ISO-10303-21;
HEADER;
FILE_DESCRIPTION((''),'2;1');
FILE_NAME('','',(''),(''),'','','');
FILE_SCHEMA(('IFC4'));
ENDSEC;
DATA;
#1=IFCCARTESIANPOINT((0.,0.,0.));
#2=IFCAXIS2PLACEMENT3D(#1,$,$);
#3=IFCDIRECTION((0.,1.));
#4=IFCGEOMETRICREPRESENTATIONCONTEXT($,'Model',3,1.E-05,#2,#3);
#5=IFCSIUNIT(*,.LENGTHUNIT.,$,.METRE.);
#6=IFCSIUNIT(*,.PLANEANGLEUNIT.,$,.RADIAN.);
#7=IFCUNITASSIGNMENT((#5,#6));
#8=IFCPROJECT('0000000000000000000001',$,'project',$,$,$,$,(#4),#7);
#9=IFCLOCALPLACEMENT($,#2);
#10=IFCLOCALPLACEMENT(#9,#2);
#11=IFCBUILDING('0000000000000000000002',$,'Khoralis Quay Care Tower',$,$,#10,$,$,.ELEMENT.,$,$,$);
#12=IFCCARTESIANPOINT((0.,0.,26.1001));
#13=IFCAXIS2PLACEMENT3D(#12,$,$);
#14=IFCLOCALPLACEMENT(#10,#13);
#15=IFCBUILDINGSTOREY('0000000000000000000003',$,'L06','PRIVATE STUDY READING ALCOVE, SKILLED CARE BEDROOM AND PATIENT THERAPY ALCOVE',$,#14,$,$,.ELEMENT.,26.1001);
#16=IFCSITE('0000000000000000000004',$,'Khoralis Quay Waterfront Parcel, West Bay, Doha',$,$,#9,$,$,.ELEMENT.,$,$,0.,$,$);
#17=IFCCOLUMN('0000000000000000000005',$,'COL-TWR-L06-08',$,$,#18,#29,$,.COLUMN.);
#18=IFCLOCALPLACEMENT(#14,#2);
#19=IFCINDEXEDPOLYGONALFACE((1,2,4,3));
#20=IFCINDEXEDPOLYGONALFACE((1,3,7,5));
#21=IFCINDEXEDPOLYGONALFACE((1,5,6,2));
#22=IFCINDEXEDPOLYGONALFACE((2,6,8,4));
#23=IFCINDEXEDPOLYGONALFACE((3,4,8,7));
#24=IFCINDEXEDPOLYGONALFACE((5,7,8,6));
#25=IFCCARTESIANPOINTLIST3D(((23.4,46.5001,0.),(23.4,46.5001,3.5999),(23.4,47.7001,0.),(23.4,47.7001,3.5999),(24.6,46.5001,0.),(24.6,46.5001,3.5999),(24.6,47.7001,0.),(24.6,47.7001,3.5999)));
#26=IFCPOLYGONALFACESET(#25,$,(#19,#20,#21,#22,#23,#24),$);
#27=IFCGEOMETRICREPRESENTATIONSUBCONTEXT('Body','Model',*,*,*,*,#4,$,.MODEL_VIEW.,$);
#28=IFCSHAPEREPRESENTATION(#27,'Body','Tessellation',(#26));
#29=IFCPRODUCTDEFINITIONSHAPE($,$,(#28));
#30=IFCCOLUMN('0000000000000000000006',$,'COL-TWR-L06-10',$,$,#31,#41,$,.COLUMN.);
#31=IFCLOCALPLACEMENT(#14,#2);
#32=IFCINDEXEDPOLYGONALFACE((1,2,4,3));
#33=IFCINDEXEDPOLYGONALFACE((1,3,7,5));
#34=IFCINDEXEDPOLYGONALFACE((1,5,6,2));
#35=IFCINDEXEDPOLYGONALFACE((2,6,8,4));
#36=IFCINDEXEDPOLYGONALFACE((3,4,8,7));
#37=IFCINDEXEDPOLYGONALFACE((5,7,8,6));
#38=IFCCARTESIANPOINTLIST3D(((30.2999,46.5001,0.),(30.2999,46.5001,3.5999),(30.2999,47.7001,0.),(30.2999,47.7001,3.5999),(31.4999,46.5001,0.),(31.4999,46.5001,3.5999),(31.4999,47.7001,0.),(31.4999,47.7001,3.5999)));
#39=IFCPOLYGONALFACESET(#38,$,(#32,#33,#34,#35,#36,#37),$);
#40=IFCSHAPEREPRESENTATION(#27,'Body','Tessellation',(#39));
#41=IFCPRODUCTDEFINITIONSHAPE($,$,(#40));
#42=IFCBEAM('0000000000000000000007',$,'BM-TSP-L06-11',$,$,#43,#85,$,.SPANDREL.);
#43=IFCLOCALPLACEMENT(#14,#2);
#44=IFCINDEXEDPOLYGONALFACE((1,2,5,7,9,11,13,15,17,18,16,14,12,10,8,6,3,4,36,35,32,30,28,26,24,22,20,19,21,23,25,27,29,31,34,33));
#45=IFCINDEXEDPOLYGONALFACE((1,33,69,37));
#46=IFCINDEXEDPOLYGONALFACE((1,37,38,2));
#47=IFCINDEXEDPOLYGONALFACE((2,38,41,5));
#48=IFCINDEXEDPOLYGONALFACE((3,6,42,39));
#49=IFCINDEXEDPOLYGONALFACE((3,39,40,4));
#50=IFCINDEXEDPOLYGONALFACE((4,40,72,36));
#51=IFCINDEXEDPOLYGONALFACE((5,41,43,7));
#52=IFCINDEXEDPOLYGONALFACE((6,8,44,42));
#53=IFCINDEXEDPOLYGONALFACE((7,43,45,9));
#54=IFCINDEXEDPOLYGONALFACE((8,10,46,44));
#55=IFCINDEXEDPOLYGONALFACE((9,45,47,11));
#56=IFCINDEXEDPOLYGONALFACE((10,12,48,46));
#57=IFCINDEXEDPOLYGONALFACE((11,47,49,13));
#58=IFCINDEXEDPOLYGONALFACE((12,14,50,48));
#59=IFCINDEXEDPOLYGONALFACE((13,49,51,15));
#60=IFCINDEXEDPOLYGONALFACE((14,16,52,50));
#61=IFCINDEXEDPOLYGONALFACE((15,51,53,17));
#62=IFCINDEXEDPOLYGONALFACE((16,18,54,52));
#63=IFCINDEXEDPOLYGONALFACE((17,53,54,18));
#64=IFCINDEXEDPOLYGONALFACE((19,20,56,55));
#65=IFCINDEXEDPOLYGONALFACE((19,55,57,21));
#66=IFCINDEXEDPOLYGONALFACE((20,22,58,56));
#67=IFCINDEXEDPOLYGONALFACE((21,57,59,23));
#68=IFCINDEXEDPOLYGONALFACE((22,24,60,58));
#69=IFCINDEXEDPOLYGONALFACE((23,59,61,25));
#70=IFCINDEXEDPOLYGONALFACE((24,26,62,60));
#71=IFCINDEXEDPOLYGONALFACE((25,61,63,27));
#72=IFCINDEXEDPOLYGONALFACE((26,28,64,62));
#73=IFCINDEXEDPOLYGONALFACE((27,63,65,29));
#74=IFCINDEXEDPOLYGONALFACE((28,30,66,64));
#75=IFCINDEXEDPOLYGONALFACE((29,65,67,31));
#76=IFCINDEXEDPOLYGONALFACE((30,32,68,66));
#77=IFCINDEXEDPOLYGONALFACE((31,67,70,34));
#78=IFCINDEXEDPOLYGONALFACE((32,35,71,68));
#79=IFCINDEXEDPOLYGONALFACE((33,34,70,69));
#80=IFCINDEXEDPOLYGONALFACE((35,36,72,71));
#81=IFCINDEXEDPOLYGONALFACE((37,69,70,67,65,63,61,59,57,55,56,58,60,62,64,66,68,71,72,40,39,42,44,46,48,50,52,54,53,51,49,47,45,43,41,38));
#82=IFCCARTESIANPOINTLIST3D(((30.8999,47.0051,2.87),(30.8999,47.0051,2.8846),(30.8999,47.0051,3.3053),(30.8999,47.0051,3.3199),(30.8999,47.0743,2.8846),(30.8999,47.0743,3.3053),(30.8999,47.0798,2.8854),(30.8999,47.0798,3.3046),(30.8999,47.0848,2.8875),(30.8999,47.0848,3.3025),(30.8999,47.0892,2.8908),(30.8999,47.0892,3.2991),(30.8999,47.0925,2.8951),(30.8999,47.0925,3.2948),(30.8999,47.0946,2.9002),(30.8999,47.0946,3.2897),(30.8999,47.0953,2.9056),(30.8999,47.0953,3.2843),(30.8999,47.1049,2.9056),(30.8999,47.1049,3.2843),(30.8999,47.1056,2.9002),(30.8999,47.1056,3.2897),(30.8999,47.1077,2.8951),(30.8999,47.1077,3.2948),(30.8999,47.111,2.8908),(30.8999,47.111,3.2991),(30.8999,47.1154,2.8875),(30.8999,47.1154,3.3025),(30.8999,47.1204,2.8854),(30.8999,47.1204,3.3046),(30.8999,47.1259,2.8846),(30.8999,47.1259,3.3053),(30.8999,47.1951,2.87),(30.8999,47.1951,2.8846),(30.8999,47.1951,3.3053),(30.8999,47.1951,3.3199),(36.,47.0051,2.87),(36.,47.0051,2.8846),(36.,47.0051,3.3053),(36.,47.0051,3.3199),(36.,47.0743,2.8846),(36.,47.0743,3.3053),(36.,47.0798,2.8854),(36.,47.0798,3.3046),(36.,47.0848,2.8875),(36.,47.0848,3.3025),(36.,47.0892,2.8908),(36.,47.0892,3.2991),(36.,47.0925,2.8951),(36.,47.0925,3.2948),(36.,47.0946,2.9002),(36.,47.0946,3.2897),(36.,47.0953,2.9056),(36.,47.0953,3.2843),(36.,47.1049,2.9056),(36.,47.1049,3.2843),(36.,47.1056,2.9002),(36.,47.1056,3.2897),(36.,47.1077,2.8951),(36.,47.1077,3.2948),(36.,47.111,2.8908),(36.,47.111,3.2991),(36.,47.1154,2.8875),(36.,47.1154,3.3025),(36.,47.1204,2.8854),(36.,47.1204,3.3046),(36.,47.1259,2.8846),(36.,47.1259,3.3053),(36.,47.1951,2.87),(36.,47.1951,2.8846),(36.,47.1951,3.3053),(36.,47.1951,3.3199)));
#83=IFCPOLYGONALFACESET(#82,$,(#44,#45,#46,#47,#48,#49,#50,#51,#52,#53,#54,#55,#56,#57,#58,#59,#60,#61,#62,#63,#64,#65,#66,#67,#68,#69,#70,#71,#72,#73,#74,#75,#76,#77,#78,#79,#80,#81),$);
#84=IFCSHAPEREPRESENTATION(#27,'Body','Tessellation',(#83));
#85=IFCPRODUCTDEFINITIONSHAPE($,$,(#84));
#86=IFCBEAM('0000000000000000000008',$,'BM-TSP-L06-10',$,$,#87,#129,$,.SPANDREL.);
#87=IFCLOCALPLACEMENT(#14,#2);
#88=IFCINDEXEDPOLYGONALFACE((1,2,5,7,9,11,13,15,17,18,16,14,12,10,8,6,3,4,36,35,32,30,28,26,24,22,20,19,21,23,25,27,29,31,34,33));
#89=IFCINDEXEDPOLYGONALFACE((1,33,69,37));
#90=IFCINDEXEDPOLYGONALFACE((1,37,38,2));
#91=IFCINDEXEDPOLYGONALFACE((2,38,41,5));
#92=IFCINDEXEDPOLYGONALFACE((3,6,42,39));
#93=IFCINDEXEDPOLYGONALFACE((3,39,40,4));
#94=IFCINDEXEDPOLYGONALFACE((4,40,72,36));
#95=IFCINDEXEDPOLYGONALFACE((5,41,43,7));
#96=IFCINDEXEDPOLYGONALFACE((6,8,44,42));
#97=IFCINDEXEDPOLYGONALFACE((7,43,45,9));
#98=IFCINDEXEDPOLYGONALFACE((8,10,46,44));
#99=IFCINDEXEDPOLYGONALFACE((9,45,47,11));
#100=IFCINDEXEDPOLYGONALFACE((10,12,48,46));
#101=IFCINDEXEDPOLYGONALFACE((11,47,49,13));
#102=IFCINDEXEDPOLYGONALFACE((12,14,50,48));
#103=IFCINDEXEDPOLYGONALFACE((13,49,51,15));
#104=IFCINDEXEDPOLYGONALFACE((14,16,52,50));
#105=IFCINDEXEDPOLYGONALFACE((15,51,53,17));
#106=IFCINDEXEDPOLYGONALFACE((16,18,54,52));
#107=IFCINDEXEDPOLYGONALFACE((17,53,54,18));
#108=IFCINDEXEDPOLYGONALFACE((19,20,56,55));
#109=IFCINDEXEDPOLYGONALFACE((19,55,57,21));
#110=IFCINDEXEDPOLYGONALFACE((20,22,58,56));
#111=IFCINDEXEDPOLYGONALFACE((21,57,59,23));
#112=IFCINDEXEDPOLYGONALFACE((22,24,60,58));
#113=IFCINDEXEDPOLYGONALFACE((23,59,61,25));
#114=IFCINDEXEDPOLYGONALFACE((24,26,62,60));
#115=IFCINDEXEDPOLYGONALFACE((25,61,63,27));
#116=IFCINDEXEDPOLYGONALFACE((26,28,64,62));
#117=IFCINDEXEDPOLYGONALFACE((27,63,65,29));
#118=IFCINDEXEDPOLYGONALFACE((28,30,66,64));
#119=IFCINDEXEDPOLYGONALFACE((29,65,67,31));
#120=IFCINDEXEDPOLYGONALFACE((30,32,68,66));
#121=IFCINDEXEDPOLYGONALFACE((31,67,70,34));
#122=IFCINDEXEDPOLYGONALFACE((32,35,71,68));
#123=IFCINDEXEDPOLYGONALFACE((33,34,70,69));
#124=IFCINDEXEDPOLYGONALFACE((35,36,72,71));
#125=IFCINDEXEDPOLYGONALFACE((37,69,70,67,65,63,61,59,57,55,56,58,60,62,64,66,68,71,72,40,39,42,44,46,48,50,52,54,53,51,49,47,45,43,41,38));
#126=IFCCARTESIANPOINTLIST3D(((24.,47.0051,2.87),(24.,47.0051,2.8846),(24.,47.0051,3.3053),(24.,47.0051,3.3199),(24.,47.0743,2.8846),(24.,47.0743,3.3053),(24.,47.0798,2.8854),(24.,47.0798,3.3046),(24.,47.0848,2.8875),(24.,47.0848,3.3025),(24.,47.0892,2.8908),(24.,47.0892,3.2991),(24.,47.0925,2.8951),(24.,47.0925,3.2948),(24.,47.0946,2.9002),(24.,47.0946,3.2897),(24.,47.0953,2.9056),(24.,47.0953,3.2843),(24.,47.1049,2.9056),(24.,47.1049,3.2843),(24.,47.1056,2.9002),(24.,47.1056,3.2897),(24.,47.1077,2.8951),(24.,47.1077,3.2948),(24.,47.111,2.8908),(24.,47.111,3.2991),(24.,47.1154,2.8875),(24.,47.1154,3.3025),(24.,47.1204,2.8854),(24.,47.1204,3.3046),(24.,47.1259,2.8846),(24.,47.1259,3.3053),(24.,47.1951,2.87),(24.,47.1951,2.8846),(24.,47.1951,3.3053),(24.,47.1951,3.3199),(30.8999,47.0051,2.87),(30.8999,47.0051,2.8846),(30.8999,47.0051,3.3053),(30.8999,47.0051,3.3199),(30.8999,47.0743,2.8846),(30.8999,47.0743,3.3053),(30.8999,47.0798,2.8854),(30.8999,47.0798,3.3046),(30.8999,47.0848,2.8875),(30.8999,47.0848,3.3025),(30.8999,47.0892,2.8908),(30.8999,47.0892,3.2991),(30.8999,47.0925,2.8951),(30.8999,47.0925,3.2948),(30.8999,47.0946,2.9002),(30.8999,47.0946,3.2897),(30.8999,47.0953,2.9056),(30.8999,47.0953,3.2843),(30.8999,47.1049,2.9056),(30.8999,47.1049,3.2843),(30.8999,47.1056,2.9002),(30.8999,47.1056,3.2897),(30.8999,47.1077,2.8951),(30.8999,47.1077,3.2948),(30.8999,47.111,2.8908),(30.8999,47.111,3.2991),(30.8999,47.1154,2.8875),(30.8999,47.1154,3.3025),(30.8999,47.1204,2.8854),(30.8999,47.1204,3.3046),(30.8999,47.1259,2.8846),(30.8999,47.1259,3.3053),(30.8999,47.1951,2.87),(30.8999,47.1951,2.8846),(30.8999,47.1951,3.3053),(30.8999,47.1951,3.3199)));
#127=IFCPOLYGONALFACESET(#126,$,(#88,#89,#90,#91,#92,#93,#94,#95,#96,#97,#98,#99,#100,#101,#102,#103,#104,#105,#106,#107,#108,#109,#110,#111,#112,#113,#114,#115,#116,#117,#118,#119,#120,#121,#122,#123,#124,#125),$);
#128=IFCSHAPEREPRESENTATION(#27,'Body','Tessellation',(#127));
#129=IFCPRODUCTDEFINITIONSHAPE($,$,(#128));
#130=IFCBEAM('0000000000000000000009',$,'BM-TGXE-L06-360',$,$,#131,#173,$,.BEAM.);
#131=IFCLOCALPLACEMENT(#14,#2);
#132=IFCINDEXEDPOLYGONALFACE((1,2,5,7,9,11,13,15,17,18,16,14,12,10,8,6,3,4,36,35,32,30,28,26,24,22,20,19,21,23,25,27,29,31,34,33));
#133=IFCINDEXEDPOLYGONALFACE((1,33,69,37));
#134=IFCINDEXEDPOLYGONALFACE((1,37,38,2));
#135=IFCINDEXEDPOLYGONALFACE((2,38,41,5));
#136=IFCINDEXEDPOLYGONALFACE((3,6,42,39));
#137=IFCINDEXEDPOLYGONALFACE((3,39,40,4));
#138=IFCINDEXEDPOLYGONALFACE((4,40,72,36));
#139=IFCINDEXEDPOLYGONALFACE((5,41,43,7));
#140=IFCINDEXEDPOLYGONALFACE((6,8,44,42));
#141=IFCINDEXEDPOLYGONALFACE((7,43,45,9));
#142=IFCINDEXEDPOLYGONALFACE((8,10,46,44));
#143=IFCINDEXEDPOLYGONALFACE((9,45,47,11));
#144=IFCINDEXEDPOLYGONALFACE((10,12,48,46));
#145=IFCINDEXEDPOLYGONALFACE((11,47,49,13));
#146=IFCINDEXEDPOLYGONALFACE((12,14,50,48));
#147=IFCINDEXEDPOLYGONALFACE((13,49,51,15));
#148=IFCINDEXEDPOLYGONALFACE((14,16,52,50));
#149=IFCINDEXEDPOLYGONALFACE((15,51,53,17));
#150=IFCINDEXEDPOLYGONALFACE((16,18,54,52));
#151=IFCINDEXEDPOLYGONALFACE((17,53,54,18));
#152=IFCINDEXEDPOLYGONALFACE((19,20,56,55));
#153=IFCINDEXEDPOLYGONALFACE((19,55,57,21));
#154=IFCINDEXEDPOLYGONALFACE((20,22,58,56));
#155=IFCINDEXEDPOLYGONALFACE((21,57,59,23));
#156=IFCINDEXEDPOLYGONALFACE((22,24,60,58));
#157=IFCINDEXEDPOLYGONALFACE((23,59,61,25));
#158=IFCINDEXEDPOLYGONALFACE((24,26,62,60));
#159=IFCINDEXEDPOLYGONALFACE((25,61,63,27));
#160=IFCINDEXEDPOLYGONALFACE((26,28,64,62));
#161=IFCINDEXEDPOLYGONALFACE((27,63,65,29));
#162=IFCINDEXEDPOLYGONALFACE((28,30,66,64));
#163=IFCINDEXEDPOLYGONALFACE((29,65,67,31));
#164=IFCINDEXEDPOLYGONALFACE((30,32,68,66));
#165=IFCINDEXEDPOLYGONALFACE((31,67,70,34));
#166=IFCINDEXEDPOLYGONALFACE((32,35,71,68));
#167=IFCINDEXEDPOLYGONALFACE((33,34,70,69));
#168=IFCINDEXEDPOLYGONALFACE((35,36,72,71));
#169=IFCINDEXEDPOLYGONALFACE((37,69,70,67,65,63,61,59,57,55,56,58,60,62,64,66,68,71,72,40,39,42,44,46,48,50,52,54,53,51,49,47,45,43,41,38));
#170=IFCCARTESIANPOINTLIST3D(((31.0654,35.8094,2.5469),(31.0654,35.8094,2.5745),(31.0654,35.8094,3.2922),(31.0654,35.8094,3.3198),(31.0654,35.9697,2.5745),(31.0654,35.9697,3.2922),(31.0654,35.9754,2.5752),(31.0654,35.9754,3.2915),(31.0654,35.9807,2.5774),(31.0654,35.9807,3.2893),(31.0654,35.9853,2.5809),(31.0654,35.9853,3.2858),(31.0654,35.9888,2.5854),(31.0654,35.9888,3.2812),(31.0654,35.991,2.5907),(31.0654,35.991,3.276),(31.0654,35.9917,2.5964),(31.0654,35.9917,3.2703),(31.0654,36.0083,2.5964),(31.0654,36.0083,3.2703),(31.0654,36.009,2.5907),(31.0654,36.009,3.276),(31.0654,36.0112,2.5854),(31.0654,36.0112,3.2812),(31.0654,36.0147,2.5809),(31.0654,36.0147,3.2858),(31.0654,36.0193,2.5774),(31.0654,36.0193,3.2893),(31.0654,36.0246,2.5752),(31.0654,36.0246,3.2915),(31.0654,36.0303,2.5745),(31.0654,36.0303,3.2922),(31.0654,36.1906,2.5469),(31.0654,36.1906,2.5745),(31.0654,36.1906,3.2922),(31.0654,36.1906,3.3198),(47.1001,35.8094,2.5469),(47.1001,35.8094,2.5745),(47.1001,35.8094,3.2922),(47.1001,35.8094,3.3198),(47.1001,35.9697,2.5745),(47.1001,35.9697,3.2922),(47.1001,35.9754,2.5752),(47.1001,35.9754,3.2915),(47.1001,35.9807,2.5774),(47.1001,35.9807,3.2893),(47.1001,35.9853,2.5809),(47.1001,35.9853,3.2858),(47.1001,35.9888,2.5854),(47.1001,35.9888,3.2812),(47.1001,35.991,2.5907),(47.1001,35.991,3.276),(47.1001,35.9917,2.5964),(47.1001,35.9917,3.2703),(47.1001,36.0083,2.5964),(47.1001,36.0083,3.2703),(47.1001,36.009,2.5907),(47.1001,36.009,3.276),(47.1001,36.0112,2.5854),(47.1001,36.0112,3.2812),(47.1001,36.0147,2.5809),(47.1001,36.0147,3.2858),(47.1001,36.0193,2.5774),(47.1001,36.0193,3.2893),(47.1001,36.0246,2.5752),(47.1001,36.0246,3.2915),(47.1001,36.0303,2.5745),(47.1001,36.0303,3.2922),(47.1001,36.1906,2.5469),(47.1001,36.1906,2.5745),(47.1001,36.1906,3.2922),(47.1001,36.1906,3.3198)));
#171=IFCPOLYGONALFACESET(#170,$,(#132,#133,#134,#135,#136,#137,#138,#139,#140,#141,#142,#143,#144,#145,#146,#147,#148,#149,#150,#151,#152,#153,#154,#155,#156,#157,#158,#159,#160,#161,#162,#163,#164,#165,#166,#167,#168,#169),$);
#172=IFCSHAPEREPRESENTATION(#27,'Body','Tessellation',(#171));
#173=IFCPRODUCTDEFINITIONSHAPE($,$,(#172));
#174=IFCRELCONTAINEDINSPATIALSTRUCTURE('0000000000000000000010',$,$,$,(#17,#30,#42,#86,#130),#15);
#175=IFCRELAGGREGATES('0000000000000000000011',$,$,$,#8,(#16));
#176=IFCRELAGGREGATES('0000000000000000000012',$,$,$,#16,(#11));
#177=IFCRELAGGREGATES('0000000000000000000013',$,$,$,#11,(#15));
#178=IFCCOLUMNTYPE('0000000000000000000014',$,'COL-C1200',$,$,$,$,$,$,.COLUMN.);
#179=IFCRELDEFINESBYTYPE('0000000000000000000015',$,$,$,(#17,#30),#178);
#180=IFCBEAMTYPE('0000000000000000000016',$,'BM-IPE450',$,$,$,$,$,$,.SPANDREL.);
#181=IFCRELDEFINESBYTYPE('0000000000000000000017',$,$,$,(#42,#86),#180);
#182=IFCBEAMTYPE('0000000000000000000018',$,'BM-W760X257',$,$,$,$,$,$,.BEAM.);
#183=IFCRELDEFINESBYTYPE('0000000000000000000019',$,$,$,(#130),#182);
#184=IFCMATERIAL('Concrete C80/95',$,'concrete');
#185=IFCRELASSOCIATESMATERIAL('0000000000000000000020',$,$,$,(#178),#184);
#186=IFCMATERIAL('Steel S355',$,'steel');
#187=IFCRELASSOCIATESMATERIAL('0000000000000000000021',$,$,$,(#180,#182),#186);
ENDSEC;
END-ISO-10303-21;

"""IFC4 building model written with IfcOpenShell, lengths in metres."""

from ifc_helpers import new_model, si_unit, direction, frame, origin, origin_2d, place, context, subcontext, project, spatial, rectangle, i_section, extrude, source, transform, mapped, material, material_profile, profile_set, type_object, element, save


model = new_model("IFC4")

# Units and contexts
model_context = context("Model", 3, precision=1e-05, world=origin(), true_north=direction((0.0, 1.0)))
body_context = subcontext(model_context, "Body", "Model", "MODEL_VIEW")
ifc_project = project(units=[si_unit("LENGTHUNIT", "METRE"), si_unit("PLANEANGLEUNIT", "RADIAN")], contexts=[model_context])

# Site, building, storey
site_placement = place(None, origin())
site = spatial("IfcSite", under=ifc_project, at=site_placement, Name="Khoralis Quay Waterfront Parcel, West Bay, Doha", CompositionType="ELEMENT", RefElevation=0.0)
building_placement = place(site_placement, origin())
building = spatial("IfcBuilding", under=site, at=building_placement, Name="Khoralis Quay Care Tower", CompositionType="ELEMENT")
storey_placement = place(building_placement, frame((0.0, 0.0, 26.1001)))
storey = spatial("IfcBuildingStorey", under=building, at=storey_placement, Name="L06", Description="PRIVATE STUDY READING ALCOVE, SKILLED CARE BEDROOM AND PATIENT THERAPY ALCOVE", CompositionType="ELEMENT", Elevation=26.1001)

# Columns
ifc_material_1 = material(Name="Concrete C80/95", Category="concrete")
ifc_material_profile_1 = material_profile(ifc_material_1, rectangle(XDim=1.2, YDim=1.2, at=origin_2d()), Name="Concrete C80/95")
ifc_profile_set_1 = profile_set([ifc_material_profile_1], Name="Concrete C80/95")
column_type = type_object("IfcColumnType", Name="COL-C1200", PredefinedType="COLUMN", material=ifc_profile_set_1)
shared_shape_1 = source(origin(), body_context, "Body", "SweptSolid", [
    extrude(rectangle(XDim=1.2, YDim=1.2, at=origin_2d()), origin(), (0.0, 0.0, 1.0), 3.5999),
])
for number, where, z_axis, x_axis, name in (
    (1, (24.0, 47.1001, 0.0), (0.0, 0.0, 1.0), (1.0, 0.0, 0.0), "COL-TWR-L06-08"),
    (2, (30.8999, 47.1001, 0.0), (0.0, 0.0, 1.0), (1.0, 0.0, 0.0), "COL-TWR-L06-10"),
):
    element("IfcColumn", number, at=place(storey_placement, frame(where, z_axis=z_axis, x_axis=x_axis)), inside=storey, type_object=column_type, Name=name, PredefinedType="COLUMN", context=body_context, shape_type="MappedRepresentation", body=[
        mapped(shared_shape_1, transform((0.0, 0.0, 0.0), scale=1.0)),
    ])

# Beams
ifc_material_2 = material(Name="Steel S355", Category="steel")
ifc_material_profile_2 = material_profile(ifc_material_2, i_section(OverallWidth=0.1899, OverallDepth=0.45, WebThickness=0.0095, FlangeThickness=0.0146, FilletRadius=0.021, at=origin_2d()), Name="Steel S355")
ifc_profile_set_2 = profile_set([ifc_material_profile_2], Name="Steel S355")
beam_type_1 = type_object("IfcBeamType", Name="BM-IPE450", PredefinedType="SPANDREL", material=ifc_profile_set_2)
shared_shape_2 = source(origin(), body_context, "Body", "SweptSolid", [
    extrude(i_section(OverallWidth=0.1899, OverallDepth=0.45, WebThickness=0.0095, FlangeThickness=0.0146, FilletRadius=0.021, at=origin_2d()), origin(), (0.0, 0.0, 1.0), 5.1001),
])
beam_1_placement = place(storey_placement, frame((30.8999, 47.1001, 3.095), z_axis=(1.0, 0.0, 0.0), x_axis=(0.0, 1.0, 0.0)))
element("IfcBeam", 3, at=beam_1_placement, inside=storey, type_object=beam_type_1, Name="BM-TSP-L06-11", PredefinedType="SPANDREL", context=body_context, shape_type="MappedRepresentation", body=[
    mapped(shared_shape_2, transform((0.0, 0.0, 0.0), scale=1.0)),
])
shared_shape_3 = source(origin(), body_context, "Body", "SweptSolid", [
    extrude(i_section(OverallWidth=0.1899, OverallDepth=0.45, WebThickness=0.0095, FlangeThickness=0.0146, FilletRadius=0.021, at=origin_2d()), origin(), (0.0, 0.0, 1.0), 6.8999),
])
beam_2_placement = place(storey_placement, frame((24.0, 47.1001, 3.095), z_axis=(1.0, 0.0, 0.0), x_axis=(0.0, 1.0, 0.0)))
element("IfcBeam", 4, at=beam_2_placement, inside=storey, type_object=beam_type_1, Name="BM-TSP-L06-10", PredefinedType="SPANDREL", context=body_context, shape_type="MappedRepresentation", body=[
    mapped(shared_shape_3, transform((0.0, 0.0, 0.0), scale=1.0)),
])
ifc_material_profile_3 = material_profile(ifc_material_2, i_section(OverallWidth=0.3811, OverallDepth=0.7729, WebThickness=0.0166, FlangeThickness=0.0276, FilletRadius=0.022, at=origin_2d()), Name="Steel S355")
ifc_profile_set_3 = profile_set([ifc_material_profile_3], Name="Steel S355")
beam_type_2 = type_object("IfcBeamType", Name="BM-W760X257", PredefinedType="BEAM", material=ifc_profile_set_3)
shared_shape_4 = source(origin(), body_context, "Body", "SweptSolid", [
    extrude(i_section(OverallWidth=0.3811, OverallDepth=0.7729, WebThickness=0.0166, FlangeThickness=0.0276, FilletRadius=0.022, at=origin_2d()), origin(), (0.0, 0.0, 1.0), 16.0347),
])
for number, where, z_axis, x_axis, name in (
    (5, (31.0654, 36.0, 2.9333), (1.0, 0.0, 0.0), (0.0, 1.0, 0.0), "BM-TGXE-L06-360"),
):
    element("IfcBeam", number, at=place(storey_placement, frame(where, z_axis=z_axis, x_axis=x_axis)), inside=storey, type_object=beam_type_2, Name=name, PredefinedType="BEAM", context=body_context, shape_type="MappedRepresentation", body=[
        mapped(shared_shape_4, transform((0.0, 0.0, 0.0), scale=1.0)),
    ])

save(model, "model.ifc")
